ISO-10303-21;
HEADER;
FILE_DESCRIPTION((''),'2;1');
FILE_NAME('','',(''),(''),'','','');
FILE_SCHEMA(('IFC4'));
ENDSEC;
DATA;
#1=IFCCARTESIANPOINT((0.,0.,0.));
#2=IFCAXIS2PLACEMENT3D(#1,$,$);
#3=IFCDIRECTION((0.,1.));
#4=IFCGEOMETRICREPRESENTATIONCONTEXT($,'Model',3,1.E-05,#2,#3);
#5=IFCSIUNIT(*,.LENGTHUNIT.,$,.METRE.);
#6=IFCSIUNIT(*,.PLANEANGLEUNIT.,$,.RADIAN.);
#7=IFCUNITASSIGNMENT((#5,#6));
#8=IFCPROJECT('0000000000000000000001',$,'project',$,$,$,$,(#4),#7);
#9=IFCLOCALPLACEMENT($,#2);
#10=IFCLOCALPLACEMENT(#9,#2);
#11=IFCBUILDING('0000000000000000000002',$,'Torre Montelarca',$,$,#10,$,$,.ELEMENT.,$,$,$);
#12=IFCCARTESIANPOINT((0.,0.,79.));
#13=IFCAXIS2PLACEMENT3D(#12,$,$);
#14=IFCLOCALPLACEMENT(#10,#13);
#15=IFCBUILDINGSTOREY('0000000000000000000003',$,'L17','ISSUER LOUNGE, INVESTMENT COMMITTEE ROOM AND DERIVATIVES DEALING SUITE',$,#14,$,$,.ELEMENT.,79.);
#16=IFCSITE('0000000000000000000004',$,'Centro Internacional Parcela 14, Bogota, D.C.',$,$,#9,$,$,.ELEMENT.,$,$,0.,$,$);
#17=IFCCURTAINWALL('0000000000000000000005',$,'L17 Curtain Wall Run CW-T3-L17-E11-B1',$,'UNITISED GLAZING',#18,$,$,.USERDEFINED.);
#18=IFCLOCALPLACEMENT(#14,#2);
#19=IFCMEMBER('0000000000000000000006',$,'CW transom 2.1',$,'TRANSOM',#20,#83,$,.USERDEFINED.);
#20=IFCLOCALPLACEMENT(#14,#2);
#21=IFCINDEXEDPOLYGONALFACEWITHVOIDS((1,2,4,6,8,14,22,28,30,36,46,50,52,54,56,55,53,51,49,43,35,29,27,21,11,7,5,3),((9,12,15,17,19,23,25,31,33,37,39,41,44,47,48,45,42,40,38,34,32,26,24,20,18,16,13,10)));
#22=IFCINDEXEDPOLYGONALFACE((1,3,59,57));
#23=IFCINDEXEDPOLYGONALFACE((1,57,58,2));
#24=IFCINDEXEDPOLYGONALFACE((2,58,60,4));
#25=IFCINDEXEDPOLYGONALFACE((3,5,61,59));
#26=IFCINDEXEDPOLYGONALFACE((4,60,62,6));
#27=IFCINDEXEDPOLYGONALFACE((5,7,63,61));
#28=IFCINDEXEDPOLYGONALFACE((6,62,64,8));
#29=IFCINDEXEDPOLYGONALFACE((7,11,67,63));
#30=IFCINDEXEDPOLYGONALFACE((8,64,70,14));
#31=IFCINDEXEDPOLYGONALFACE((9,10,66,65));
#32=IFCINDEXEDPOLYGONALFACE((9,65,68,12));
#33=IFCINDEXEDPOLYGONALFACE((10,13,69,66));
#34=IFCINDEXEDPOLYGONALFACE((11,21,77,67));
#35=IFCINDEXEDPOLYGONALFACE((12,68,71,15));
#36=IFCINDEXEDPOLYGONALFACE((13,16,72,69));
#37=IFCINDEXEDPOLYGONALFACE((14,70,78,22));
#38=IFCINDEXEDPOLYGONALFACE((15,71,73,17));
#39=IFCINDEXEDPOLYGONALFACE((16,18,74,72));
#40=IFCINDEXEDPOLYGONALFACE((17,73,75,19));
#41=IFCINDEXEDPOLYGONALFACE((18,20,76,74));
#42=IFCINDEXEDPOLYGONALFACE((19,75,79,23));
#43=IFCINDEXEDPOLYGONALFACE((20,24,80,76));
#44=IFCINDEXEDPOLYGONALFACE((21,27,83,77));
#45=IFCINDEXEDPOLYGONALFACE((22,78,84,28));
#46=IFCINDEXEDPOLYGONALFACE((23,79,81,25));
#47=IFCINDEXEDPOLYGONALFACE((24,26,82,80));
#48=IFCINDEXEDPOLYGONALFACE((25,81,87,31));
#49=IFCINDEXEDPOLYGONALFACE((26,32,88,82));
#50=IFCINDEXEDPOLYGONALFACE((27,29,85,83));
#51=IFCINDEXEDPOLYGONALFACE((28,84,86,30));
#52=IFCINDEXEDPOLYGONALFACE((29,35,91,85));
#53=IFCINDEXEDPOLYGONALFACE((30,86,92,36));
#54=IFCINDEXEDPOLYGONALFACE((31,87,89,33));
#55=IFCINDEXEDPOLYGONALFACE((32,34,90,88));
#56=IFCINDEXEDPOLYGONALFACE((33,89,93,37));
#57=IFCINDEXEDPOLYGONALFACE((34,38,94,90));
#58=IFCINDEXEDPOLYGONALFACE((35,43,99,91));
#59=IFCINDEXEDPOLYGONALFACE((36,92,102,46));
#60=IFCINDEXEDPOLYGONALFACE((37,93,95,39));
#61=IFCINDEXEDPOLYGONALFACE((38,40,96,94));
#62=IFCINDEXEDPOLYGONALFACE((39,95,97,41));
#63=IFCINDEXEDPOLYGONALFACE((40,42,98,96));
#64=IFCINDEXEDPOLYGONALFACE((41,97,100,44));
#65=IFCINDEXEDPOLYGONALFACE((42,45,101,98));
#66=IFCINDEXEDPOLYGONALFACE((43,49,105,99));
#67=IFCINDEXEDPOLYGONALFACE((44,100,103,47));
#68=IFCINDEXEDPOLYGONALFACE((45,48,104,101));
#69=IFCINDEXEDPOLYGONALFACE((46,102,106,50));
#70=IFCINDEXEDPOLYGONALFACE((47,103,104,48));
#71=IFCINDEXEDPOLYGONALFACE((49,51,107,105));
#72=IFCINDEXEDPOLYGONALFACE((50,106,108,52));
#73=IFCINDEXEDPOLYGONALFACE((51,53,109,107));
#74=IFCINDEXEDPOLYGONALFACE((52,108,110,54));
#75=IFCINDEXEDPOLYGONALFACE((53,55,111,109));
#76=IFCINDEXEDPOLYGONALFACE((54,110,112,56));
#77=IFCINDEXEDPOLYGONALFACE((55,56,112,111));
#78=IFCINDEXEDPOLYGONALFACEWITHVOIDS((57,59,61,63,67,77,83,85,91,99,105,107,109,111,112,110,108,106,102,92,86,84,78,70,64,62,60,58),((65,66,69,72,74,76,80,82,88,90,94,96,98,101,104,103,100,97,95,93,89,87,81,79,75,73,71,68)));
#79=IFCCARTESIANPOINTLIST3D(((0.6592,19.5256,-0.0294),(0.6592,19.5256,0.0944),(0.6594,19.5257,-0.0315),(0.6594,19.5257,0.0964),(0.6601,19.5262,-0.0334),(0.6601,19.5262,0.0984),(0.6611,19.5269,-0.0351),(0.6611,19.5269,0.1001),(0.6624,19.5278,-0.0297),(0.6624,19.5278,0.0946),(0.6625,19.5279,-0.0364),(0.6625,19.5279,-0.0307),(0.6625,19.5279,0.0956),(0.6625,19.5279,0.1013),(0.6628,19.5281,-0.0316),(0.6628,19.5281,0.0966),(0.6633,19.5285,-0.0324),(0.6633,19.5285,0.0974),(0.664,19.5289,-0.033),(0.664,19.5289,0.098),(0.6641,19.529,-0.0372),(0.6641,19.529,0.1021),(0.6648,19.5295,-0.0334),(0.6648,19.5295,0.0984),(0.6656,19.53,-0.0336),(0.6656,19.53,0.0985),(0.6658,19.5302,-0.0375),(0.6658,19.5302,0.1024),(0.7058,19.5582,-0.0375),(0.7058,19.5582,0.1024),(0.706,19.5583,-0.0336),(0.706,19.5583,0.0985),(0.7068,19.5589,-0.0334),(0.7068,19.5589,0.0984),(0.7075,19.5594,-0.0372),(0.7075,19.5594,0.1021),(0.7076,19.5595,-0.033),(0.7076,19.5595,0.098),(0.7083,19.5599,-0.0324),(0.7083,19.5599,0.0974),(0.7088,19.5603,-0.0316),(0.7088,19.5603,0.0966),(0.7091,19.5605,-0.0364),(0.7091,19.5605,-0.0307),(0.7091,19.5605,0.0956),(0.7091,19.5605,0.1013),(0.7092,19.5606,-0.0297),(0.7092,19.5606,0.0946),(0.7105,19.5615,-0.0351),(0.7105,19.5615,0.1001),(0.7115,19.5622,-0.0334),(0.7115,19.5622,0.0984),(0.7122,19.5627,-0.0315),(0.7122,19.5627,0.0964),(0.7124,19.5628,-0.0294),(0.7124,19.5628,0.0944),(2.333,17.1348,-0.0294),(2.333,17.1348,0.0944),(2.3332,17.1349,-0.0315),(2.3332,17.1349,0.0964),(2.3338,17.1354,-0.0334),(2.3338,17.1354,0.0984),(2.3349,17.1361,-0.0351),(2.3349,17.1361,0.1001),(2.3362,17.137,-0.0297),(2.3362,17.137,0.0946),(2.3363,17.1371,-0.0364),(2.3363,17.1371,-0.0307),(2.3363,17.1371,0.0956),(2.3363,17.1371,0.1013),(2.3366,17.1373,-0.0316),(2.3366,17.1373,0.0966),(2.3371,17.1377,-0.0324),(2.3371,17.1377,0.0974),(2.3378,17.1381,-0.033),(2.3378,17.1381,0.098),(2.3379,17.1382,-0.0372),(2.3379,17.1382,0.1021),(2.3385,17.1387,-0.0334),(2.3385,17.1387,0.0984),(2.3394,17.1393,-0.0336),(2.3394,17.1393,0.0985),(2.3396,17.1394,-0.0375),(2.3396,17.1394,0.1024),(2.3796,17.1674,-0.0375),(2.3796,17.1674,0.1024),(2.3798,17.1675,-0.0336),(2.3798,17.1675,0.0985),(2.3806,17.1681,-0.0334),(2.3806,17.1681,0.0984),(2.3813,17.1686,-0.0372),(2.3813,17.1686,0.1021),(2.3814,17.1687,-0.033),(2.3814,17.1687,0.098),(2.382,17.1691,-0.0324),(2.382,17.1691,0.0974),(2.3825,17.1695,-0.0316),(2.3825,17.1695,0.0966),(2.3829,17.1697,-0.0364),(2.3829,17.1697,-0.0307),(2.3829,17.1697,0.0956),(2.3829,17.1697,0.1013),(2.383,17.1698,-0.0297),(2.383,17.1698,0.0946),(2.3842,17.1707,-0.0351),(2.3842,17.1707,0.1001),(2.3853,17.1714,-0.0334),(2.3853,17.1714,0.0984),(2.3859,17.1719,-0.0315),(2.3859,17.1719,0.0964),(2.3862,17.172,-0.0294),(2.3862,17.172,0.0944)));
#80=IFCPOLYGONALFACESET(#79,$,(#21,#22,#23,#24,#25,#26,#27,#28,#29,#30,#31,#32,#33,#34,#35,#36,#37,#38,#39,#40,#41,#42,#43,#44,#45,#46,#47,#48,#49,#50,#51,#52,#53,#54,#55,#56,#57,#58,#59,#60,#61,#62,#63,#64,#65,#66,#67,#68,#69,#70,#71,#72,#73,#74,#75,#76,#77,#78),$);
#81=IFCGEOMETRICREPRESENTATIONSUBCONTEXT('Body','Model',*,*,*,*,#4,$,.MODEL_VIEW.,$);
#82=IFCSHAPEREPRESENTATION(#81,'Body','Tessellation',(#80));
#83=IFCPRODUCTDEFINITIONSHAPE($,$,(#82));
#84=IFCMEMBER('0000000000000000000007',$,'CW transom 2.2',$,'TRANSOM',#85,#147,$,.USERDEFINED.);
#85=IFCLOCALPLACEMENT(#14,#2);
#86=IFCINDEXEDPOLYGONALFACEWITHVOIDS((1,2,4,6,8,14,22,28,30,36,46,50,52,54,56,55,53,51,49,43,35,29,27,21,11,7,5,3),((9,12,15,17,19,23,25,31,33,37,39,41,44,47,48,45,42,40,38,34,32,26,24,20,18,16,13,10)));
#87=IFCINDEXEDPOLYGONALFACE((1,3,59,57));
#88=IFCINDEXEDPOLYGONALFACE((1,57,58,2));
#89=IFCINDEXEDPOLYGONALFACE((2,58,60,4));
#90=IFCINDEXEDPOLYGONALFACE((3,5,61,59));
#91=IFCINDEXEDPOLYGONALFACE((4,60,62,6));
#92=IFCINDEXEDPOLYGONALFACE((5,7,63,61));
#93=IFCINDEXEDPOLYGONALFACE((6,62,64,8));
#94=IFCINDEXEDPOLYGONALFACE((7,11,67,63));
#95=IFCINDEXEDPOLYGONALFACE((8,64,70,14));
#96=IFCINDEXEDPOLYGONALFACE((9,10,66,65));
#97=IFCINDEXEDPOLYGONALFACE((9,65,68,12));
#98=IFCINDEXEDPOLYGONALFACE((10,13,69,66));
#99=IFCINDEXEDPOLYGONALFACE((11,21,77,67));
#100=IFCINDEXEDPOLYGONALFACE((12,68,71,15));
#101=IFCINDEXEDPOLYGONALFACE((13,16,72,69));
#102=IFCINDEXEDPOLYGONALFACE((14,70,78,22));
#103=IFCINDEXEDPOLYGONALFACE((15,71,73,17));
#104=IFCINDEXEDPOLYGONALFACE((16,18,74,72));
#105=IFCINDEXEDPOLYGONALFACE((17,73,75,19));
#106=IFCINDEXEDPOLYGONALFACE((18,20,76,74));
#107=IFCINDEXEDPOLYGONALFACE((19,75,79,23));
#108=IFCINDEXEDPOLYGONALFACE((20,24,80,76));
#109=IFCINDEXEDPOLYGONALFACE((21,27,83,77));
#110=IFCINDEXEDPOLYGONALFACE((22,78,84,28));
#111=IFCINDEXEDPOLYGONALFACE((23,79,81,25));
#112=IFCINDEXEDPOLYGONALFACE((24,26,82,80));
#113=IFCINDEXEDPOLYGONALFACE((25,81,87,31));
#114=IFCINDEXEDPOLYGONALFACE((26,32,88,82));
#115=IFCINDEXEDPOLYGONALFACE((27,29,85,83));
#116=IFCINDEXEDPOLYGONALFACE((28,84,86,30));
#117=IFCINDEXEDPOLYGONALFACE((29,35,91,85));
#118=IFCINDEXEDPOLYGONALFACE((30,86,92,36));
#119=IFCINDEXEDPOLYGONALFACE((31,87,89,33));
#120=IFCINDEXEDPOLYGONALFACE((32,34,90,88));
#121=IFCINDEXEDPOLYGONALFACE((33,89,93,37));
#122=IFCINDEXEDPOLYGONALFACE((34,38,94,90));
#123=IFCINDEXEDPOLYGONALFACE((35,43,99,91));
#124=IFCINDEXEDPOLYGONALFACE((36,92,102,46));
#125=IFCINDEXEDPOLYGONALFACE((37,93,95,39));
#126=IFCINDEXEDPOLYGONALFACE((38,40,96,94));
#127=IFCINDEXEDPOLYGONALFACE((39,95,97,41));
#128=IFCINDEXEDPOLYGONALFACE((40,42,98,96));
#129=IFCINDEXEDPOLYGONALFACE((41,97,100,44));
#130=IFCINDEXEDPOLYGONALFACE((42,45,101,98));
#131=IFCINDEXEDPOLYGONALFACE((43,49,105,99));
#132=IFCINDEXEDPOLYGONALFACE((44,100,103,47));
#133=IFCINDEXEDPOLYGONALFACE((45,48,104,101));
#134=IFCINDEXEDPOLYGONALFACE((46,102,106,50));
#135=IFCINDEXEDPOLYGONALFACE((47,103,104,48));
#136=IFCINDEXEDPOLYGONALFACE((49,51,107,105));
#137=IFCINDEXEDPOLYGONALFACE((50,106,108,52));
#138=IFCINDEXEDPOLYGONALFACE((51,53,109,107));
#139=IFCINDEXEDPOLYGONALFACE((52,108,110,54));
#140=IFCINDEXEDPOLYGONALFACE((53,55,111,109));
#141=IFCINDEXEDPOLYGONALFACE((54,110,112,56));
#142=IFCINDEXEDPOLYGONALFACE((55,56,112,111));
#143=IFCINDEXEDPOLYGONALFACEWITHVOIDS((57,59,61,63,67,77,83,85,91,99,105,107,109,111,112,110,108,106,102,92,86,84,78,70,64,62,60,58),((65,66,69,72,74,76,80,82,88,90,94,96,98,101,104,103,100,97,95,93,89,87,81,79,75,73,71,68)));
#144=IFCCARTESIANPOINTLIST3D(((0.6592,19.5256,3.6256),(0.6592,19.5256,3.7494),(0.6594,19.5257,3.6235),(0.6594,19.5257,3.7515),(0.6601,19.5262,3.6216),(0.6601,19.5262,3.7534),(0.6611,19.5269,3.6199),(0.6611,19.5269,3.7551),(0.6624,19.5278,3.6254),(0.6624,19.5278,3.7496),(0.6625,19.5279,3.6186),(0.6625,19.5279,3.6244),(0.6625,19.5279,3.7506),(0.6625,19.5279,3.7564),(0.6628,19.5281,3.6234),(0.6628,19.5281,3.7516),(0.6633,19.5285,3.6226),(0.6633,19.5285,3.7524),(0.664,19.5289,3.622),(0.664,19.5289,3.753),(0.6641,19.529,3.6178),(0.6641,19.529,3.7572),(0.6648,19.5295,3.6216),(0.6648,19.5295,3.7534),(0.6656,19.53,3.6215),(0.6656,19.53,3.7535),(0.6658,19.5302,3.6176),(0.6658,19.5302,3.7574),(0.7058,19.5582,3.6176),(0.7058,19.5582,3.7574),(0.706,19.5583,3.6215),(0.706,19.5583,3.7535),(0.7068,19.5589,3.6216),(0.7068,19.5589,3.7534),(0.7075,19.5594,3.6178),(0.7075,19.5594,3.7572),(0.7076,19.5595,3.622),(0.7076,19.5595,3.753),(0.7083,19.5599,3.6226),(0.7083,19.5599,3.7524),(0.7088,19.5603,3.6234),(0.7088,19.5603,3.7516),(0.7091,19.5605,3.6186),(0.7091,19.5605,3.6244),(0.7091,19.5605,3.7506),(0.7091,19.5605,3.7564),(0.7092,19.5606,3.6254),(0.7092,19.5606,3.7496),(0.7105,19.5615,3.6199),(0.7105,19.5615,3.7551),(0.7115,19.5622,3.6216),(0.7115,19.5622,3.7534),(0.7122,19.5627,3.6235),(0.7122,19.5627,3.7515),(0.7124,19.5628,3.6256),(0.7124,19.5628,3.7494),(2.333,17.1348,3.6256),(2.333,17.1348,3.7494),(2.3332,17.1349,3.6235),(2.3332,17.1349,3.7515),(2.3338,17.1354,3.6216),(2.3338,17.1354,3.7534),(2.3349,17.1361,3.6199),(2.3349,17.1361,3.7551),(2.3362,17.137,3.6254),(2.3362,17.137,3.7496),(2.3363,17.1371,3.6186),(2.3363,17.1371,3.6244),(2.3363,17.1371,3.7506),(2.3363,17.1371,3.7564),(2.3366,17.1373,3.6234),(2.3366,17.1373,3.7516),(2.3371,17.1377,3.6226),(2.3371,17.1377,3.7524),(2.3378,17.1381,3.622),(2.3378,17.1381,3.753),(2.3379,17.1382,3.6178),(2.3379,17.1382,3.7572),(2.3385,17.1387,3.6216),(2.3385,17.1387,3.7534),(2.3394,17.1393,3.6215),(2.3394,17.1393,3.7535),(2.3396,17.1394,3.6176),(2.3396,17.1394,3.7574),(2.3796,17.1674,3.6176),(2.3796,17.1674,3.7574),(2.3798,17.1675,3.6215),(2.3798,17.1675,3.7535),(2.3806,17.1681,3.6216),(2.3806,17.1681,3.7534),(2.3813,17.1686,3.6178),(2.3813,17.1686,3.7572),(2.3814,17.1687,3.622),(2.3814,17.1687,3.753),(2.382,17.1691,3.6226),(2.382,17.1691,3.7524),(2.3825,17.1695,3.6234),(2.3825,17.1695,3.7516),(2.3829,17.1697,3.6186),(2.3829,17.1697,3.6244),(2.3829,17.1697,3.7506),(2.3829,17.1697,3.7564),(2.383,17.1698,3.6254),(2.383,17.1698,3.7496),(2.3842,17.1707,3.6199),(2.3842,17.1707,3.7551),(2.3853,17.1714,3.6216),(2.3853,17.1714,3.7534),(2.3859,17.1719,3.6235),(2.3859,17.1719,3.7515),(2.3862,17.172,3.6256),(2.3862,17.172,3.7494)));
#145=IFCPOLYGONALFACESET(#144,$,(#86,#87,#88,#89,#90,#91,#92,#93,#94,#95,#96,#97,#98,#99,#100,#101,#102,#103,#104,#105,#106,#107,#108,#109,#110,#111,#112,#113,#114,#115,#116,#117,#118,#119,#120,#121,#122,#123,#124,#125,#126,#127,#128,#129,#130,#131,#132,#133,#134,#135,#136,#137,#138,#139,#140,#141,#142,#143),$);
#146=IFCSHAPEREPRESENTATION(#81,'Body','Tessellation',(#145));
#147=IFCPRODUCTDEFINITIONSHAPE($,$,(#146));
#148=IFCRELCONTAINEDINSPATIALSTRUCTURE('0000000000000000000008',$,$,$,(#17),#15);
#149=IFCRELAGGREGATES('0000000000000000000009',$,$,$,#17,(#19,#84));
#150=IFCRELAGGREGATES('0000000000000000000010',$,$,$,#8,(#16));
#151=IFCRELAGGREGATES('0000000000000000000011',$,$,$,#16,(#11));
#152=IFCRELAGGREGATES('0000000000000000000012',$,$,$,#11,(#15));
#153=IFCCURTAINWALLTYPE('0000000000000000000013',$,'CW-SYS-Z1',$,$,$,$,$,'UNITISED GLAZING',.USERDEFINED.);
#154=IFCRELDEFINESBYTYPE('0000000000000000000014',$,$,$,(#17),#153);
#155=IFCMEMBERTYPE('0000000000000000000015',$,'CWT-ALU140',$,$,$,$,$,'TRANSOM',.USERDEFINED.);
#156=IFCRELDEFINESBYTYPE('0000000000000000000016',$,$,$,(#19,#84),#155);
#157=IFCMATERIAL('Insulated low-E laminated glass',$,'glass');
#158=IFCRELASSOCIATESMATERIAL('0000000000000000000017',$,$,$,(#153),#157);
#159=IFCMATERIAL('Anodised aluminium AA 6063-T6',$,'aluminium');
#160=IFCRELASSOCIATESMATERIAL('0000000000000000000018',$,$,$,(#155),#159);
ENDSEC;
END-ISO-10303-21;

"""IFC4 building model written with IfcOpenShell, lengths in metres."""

from ifc_helpers import new_model, si_unit, direction, frame, origin, origin_2d, place, context, subcontext, project, spatial, hollow_rectangle, extrude, source, transform, mapped, material, material_profile, profile_set, type_object, element, aggregate, save


model = new_model("IFC4")

# Units and contexts
model_context = context("Model", 3, precision=1e-05, world=origin(), true_north=direction((0.0, 1.0)))
body_context = subcontext(model_context, "Body", "Model", "MODEL_VIEW")
ifc_project = project(units=[si_unit("LENGTHUNIT", "METRE"), si_unit("PLANEANGLEUNIT", "RADIAN")], contexts=[model_context])

# Site, building, storey
site_placement = place(None, origin())
site = spatial("IfcSite", under=ifc_project, at=site_placement, Name="Centro Internacional Parcela 14, Bogota, D.C.", CompositionType="ELEMENT", RefElevation=0.0)
building_placement = place(site_placement, origin())
building = spatial("IfcBuilding", under=site, at=building_placement, Name="Torre Montelarca", CompositionType="ELEMENT")
storey_placement = place(building_placement, frame((0.0, 0.0, 79.0)))
storey = spatial("IfcBuildingStorey", under=building, at=storey_placement, Name="L17", Description="ISSUER LOUNGE, INVESTMENT COMMITTEE ROOM AND DERIVATIVES DEALING SUITE", CompositionType="ELEMENT", Elevation=79.0)

# Curtain wall, members
ifc_material_1 = material(Name="Insulated low-E laminated glass", Category="glass")
curtain_wall_type = type_object("IfcCurtainWallType", Name="CW-SYS-Z1", ElementType="UNITISED GLAZING", PredefinedType="USERDEFINED", material=ifc_material_1)
curtain_wall_1_placement = place(storey_placement, origin())
curtain_wall_1 = element("IfcCurtainWall", 1, at=curtain_wall_1_placement, inside=storey, type_object=curtain_wall_type, Name="L17 Curtain Wall Run CW-T3-L17-E11-B1", ObjectType="UNITISED GLAZING", PredefinedType="USERDEFINED")
ifc_material_2 = material(Name="Anodised aluminium AA 6063-T6", Category="aluminium")
ifc_material_profile_1 = material_profile(ifc_material_2, hollow_rectangle(XDim=0.0649, YDim=0.1399, WallThickness=0.0039, InnerFilletRadius=0.0039, OuterFilletRadius=0.0081, at=origin_2d()), Name="ALU65X140X4", Category="aluminium")
ifc_profile_set_1 = profile_set([ifc_material_profile_1], Name="Anodised aluminium AA 6063-T6")
member_type_1 = type_object("IfcMemberType", Name="CWT-ALU140", ElementType="TRANSOM", PredefinedType="USERDEFINED", material=ifc_profile_set_1)
shared_shape_1 = source(origin(), body_context, "Body", "SweptSolid", [
    extrude(hollow_rectangle(XDim=0.0649, YDim=0.1399, WallThickness=0.0039, InnerFilletRadius=0.0039, OuterFilletRadius=0.0081, at=origin_2d()), origin(), (0.0, 0.0, 1.0), 2.9185),
])
member_1_placement = place(storey_placement, frame((0.6858, 19.5442, 0.0325), z_axis=(0.573513, -0.819197, 0.0), x_axis=(0.819197, 0.573513, 0.0)))
member_1 = element("IfcMember", 2, at=member_1_placement, type_object=member_type_1, Name="CW transom 2.1", ObjectType="TRANSOM", PredefinedType="USERDEFINED", context=body_context, shape_type="MappedRepresentation", body=[
    mapped(shared_shape_1, transform((0.0, 0.0, 0.0), scale=1.0)),
])
member_2_placement = place(storey_placement, frame((0.6858, 19.5442, 3.6875), z_axis=(0.573513, -0.819197, 0.0), x_axis=(0.819197, 0.573513, 0.0)))
member_2 = element("IfcMember", 3, at=member_2_placement, type_object=member_type_1, Name="CW transom 2.2", ObjectType="TRANSOM", PredefinedType="USERDEFINED", context=body_context, shape_type="MappedRepresentation", body=[
    mapped(shared_shape_1, transform((0.0, 0.0, 0.0), scale=1.0)),
])

aggregate(curtain_wall_1, [member_1, member_2])

save(model, "model.ifc")
